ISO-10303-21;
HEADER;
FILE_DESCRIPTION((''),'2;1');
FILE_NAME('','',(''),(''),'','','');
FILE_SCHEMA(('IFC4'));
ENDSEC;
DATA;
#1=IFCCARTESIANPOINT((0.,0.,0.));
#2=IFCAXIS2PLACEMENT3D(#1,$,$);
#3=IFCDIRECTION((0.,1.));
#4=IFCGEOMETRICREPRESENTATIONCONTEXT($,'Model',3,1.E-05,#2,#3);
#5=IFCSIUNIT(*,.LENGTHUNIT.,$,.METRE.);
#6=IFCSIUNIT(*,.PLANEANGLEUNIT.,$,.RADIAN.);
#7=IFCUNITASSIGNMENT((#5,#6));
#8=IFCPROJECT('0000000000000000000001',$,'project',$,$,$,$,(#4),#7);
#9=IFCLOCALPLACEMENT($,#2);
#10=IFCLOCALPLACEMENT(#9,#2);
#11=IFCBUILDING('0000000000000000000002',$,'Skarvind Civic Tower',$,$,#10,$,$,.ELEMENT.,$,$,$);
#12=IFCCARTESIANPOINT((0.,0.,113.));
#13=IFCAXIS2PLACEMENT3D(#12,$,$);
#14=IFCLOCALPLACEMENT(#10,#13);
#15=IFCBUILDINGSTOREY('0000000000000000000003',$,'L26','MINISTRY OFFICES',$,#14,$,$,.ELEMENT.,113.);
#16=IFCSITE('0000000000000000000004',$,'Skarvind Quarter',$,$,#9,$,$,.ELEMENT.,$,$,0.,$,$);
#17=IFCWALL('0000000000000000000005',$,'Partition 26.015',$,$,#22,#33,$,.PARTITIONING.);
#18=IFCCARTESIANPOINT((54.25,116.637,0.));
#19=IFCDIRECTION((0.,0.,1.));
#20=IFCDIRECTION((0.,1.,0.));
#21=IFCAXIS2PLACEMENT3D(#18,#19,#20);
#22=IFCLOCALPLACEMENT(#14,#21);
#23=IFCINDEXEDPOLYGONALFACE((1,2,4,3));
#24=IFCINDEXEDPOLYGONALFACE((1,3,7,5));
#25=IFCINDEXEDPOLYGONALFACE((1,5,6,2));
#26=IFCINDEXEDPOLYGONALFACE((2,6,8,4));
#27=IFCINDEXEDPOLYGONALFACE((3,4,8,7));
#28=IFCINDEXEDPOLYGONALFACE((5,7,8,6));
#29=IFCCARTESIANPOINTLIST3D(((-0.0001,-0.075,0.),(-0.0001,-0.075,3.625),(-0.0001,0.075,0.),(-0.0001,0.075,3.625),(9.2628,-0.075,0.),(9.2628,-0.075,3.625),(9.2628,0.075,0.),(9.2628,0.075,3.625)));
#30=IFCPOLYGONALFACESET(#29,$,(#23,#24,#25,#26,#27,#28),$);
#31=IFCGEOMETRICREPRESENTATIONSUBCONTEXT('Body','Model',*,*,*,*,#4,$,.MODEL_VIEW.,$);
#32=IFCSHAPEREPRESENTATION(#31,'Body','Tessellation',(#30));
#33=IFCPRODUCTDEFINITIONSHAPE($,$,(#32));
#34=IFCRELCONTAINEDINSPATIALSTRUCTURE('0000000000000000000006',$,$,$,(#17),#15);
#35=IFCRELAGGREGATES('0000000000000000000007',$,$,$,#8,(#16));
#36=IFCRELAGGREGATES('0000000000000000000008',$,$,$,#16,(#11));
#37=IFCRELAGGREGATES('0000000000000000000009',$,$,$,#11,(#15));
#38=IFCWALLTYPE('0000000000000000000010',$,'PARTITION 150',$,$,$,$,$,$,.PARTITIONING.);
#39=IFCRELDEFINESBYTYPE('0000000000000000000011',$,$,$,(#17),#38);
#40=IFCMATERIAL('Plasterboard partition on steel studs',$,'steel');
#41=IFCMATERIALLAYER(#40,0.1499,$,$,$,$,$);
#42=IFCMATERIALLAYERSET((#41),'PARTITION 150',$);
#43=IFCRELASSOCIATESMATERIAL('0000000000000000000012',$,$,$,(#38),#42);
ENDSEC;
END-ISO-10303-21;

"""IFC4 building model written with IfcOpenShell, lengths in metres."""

from ifc_helpers import new_model, si_unit, direction, frame, frame_2d, origin, place, context, subcontext, project, spatial, rectangle, extrude, material, layer, layer_set, type_object, element, save


model = new_model("IFC4")

# Units and contexts
model_context = context("Model", 3, precision=1e-05, world=origin(), true_north=direction((0.0, 1.0)))
body_context = subcontext(model_context, "Body", "Model", "MODEL_VIEW")
ifc_project = project(units=[si_unit("LENGTHUNIT", "METRE"), si_unit("PLANEANGLEUNIT", "RADIAN")], contexts=[model_context])

# Site, building, storey
site_placement = place(None, origin())
site = spatial("IfcSite", under=ifc_project, at=site_placement, Name="Skarvind Quarter", CompositionType="ELEMENT", RefElevation=0.0)
building_placement = place(site_placement, origin())
building = spatial("IfcBuilding", under=site, at=building_placement, Name="Skarvind Civic Tower", CompositionType="ELEMENT")
storey_placement = place(building_placement, frame((0.0, 0.0, 113.0)))
storey = spatial("IfcBuildingStorey", under=building, at=storey_placement, Name="L26", Description="MINISTRY OFFICES", CompositionType="ELEMENT", Elevation=113.0)

# Wall
ifc_material_1 = material(Name="Plasterboard partition on steel studs", Category="steel")
ifc_layer_1 = layer(ifc_material_1, 0.1499)
ifc_layer_set_1 = layer_set([ifc_layer_1], Name="PARTITION 150")
wall_type_1 = type_object("IfcWallType", Name="PARTITION 150", PredefinedType="PARTITIONING", material=ifc_layer_set_1)
wall_1_placement = place(storey_placement, frame((54.25, 116.637, 0.0), z_axis=(0.0, 0.0, 1.0), x_axis=(0.0, 1.0, 0.0)))
element("IfcWall", 1, at=wall_1_placement, inside=storey, type_object=wall_type_1, Name="Partition 26.015", PredefinedType="PARTITIONING", context=body_context, shape_type="SweptSolid", body=[
    extrude(rectangle(XDim=9.2629, YDim=0.1499, at=frame_2d((4.6313, 0.0))), origin(), (0.0, 0.0, 1.0), 3.625),
])

save(model, "model.ifc")
